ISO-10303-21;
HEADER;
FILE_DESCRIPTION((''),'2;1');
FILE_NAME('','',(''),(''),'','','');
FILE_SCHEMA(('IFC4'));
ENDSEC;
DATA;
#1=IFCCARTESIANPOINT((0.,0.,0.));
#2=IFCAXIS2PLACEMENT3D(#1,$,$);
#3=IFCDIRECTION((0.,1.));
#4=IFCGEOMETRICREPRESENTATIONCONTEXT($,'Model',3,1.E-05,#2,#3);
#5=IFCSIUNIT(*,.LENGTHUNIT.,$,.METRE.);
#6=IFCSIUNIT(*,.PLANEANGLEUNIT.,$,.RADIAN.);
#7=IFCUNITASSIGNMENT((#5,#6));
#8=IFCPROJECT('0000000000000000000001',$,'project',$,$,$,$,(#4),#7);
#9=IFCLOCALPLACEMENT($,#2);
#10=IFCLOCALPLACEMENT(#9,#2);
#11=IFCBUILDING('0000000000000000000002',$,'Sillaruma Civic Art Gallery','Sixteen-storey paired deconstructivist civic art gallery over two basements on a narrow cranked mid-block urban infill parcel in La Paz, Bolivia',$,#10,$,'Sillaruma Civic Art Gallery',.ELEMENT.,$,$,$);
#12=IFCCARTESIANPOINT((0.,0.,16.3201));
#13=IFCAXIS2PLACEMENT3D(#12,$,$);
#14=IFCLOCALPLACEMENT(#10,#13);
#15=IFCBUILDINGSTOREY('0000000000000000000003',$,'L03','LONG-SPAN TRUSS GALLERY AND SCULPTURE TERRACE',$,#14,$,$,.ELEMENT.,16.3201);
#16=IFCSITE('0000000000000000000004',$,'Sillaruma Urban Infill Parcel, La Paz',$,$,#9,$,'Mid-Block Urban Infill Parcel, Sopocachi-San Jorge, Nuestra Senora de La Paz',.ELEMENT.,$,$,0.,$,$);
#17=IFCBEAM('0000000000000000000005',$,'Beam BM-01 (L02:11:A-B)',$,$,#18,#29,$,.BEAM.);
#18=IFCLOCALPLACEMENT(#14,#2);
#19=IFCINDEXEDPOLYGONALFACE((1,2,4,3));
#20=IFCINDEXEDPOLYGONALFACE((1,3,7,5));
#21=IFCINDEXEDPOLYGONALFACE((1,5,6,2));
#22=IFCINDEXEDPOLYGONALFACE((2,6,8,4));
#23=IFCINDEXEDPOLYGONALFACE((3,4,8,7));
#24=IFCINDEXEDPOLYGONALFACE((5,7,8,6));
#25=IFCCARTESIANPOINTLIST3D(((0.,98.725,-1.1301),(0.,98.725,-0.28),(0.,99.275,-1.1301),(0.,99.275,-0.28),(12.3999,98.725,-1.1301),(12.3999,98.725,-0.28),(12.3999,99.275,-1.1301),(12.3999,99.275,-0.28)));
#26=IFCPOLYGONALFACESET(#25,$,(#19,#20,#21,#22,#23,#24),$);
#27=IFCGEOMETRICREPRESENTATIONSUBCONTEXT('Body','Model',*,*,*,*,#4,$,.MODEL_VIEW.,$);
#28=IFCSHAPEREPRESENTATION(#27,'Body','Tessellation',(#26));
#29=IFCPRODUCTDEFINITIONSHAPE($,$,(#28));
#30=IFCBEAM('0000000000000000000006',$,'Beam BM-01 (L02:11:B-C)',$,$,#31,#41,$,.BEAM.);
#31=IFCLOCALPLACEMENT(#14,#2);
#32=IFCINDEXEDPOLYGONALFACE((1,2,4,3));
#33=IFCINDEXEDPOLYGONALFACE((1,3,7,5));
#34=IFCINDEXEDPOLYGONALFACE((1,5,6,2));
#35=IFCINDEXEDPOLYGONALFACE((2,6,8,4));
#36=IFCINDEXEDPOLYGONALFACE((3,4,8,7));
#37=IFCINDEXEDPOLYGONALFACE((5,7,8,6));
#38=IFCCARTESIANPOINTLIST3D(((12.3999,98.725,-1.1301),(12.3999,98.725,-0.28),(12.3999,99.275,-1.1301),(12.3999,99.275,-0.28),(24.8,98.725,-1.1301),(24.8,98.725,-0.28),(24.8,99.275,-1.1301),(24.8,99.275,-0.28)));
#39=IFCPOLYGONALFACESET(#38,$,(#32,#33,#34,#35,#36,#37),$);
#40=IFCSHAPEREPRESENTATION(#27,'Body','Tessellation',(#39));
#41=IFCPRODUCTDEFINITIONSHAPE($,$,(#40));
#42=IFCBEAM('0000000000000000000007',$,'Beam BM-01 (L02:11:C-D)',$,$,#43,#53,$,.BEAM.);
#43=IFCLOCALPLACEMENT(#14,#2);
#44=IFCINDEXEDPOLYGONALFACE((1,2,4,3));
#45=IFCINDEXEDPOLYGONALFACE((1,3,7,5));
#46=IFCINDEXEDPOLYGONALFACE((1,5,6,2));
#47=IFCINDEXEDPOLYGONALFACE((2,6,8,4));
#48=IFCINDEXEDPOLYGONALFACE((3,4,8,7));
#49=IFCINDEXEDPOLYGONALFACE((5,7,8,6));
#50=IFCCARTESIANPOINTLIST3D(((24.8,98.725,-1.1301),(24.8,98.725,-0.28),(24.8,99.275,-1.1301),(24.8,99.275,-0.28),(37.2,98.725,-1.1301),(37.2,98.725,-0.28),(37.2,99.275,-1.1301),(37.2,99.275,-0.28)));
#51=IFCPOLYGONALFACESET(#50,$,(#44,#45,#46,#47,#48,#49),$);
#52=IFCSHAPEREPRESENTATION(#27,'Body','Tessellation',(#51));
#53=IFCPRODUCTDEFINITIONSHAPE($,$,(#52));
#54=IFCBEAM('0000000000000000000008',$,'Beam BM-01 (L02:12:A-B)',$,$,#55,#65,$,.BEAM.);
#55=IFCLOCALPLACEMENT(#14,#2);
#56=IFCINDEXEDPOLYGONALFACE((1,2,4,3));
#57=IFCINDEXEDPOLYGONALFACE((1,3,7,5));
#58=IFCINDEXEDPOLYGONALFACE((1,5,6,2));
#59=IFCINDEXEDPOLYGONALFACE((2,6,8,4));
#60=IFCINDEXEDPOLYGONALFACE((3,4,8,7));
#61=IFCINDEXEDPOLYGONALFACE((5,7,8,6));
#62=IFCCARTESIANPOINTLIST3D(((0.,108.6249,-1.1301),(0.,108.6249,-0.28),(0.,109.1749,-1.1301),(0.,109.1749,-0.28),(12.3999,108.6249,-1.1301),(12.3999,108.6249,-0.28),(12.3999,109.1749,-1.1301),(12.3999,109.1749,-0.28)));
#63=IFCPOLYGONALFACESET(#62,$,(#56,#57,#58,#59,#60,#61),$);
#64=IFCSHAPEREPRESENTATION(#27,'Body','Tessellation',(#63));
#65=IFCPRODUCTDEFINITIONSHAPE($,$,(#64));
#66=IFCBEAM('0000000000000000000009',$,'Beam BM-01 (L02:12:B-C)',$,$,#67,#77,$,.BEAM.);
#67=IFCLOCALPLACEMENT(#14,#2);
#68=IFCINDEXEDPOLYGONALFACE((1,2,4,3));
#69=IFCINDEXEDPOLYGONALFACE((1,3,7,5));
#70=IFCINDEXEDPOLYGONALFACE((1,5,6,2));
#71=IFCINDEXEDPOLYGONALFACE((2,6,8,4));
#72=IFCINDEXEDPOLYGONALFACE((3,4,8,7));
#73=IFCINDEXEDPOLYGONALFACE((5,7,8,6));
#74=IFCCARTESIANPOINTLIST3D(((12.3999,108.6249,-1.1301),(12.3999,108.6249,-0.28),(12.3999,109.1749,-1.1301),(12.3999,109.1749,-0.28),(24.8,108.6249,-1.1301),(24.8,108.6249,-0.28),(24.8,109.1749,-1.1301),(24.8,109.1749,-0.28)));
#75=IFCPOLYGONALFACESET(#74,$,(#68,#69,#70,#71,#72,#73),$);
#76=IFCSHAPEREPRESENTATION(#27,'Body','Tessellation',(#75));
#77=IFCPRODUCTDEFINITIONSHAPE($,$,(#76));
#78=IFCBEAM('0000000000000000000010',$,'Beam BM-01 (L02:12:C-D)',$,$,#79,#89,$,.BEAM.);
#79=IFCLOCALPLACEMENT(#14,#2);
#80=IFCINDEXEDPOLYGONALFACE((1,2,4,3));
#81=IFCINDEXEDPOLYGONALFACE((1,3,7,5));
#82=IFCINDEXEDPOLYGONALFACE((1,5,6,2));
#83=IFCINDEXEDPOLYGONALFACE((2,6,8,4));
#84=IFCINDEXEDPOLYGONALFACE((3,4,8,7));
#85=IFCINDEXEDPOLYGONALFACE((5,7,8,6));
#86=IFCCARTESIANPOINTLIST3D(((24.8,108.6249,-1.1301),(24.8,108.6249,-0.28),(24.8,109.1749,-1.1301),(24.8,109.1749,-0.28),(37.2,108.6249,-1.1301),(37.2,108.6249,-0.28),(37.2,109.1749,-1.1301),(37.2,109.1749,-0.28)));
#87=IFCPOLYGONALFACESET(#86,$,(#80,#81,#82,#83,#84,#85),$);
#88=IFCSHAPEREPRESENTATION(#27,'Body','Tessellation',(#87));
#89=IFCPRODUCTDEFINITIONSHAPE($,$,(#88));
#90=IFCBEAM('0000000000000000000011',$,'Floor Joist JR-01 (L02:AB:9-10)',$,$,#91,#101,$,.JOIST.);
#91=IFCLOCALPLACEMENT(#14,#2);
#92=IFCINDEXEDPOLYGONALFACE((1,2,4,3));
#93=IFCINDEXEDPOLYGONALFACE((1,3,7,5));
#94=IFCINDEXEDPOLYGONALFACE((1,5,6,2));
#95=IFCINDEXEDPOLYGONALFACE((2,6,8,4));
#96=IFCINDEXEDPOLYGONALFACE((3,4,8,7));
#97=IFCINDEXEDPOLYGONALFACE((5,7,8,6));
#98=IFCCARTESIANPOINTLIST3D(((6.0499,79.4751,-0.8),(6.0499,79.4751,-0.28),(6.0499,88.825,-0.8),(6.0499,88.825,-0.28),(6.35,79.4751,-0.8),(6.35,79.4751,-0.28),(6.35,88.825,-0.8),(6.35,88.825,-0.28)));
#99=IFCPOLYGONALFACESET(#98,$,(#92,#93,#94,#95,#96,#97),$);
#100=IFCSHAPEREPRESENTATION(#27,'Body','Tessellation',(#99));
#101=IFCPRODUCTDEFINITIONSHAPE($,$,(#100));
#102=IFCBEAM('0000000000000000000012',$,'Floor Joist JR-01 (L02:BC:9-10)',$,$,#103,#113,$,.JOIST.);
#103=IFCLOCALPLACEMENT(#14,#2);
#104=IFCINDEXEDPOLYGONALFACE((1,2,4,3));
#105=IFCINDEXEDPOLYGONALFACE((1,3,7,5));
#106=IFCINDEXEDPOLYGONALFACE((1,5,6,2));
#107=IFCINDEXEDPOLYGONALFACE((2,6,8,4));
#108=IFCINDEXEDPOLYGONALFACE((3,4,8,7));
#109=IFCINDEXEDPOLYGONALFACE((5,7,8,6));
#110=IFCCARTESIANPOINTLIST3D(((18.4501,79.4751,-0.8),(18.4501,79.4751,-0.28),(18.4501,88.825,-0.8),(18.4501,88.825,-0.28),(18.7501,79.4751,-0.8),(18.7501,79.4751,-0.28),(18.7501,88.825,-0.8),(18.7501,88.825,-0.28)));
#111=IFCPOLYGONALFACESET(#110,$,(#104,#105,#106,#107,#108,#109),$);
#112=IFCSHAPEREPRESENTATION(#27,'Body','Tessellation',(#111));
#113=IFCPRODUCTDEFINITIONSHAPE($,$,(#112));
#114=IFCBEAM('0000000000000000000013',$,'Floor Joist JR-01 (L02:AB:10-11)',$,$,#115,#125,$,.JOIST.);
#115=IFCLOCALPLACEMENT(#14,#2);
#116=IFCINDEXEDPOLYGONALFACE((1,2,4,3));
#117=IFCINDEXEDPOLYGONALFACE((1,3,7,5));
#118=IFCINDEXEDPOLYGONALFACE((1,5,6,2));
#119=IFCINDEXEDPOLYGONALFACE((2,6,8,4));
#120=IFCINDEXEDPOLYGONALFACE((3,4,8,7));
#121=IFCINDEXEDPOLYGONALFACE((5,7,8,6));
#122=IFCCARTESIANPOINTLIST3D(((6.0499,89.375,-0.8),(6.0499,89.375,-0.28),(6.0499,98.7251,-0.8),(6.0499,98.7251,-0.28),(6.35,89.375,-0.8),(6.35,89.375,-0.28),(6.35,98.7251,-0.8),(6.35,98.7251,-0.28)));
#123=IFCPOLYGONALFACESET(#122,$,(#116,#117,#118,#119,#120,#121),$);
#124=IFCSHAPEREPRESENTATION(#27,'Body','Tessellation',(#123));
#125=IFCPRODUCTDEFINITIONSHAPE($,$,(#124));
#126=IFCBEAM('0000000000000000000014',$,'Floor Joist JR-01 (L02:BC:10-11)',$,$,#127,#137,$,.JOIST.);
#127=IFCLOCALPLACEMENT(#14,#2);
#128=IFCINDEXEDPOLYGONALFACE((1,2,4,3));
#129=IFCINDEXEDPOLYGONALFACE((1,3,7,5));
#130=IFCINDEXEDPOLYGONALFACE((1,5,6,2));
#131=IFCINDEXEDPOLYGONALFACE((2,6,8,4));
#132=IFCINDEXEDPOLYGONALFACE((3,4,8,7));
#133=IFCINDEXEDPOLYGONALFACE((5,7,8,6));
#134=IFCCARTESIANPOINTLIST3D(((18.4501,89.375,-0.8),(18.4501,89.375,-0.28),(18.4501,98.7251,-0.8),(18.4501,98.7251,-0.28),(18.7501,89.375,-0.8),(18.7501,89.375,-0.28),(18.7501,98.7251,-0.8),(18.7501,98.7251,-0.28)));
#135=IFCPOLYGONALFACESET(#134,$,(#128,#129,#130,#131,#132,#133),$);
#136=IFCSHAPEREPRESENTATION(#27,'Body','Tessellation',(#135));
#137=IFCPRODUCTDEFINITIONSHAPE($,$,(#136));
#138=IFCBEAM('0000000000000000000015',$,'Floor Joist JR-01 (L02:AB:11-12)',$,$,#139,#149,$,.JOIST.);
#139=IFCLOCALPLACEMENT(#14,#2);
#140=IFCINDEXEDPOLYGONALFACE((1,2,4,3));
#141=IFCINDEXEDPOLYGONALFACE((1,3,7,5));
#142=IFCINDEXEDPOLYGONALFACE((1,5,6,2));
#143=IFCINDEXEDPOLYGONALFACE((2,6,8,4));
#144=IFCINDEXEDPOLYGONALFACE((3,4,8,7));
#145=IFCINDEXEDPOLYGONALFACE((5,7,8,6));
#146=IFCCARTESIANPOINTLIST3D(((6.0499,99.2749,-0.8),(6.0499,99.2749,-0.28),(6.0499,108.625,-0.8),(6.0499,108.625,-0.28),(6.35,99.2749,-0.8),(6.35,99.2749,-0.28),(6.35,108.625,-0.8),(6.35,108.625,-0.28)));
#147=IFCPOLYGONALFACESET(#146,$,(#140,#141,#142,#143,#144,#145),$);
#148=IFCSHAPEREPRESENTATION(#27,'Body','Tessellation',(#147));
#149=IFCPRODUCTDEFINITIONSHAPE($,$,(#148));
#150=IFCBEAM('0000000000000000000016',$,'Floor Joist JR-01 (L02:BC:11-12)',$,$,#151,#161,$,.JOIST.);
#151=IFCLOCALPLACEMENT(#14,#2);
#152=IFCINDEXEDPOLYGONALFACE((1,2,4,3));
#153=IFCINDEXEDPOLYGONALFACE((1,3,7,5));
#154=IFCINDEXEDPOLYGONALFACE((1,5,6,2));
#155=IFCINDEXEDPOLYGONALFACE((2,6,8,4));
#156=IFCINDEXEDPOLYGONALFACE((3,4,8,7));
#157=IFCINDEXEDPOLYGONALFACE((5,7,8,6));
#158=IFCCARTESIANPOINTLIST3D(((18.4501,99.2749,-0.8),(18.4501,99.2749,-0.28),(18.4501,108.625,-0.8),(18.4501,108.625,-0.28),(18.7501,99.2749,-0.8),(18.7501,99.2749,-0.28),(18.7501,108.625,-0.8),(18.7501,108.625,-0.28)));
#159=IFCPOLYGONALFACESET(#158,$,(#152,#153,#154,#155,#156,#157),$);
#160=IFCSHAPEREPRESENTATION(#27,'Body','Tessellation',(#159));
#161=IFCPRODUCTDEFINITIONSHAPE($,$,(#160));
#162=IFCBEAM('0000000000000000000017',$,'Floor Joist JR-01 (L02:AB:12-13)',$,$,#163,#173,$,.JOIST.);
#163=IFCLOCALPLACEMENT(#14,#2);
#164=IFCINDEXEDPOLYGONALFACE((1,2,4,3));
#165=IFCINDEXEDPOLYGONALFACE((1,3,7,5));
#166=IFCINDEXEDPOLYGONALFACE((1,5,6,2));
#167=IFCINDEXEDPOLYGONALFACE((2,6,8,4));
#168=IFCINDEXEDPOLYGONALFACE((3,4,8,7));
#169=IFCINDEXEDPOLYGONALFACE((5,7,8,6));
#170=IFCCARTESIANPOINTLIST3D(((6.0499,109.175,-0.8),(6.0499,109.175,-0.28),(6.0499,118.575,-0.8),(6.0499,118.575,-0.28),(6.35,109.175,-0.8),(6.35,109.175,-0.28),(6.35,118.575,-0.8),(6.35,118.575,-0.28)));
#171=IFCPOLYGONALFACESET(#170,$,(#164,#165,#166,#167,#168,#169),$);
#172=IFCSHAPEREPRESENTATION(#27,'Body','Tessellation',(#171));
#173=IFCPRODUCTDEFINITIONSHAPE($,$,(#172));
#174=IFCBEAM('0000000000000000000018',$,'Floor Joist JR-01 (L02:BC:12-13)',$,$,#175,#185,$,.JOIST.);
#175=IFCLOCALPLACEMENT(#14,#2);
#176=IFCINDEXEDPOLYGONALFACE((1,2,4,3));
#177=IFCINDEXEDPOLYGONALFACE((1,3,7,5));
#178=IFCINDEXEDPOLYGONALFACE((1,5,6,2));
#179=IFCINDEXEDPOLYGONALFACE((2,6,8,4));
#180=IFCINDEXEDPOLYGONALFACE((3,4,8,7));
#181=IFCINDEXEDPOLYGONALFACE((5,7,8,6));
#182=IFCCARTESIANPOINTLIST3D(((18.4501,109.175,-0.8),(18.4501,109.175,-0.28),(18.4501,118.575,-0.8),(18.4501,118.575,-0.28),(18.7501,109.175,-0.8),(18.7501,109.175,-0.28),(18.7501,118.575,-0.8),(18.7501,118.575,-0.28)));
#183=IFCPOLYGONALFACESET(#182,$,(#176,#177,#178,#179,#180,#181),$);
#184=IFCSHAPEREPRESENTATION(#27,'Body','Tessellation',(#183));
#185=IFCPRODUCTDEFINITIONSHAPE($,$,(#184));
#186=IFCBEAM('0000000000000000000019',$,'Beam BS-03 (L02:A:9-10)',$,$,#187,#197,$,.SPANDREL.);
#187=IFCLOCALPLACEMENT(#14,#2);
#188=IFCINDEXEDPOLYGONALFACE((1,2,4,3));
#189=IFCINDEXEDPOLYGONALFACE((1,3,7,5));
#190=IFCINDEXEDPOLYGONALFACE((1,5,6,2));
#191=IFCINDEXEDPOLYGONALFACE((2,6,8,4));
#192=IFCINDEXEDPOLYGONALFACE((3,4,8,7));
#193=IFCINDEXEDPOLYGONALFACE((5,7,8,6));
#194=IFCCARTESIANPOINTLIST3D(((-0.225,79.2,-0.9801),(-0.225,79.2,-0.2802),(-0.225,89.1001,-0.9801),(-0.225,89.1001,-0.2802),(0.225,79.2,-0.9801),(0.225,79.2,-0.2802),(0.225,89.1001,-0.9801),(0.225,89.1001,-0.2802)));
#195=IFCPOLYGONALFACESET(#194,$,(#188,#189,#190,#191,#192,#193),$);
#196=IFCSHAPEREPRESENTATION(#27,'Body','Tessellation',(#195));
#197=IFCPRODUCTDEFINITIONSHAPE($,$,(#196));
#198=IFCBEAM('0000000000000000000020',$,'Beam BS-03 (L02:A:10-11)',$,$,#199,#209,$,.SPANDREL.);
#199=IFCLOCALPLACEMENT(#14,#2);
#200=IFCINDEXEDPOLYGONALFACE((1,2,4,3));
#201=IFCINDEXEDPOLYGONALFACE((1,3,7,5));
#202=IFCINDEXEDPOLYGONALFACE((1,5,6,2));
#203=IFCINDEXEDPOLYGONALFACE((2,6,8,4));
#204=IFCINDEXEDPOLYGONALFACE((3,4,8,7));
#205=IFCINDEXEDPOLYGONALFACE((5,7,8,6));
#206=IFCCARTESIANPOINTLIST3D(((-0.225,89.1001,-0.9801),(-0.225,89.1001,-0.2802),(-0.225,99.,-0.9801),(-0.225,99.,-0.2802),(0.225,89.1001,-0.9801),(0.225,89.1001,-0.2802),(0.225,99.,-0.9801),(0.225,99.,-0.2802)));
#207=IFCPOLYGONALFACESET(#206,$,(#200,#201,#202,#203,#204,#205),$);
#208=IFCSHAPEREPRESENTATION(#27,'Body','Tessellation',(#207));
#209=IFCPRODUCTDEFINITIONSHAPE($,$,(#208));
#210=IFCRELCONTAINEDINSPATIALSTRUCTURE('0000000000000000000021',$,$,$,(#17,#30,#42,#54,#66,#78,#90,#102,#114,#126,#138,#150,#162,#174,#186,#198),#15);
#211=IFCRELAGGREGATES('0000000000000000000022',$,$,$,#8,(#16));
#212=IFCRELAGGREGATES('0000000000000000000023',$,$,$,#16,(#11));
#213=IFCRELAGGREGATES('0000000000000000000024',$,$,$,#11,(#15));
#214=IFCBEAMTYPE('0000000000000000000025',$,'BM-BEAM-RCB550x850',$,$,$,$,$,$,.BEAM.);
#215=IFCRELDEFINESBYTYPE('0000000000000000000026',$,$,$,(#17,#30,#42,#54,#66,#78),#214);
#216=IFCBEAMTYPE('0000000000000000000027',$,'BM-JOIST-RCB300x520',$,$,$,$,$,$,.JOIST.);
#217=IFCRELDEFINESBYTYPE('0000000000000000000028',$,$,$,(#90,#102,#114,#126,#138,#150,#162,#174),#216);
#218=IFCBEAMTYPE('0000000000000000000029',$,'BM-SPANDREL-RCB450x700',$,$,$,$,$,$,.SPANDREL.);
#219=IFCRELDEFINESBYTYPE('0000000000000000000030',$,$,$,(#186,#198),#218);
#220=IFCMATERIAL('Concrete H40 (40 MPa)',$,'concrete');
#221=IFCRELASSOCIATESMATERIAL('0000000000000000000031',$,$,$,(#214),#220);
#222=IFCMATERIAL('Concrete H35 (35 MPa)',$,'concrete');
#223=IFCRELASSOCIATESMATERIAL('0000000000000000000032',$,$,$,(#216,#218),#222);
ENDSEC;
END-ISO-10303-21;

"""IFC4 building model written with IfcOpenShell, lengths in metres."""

from ifc_helpers import new_model, si_unit, direction, frame, origin, origin_2d, place, context, subcontext, project, spatial, rectangle, extrude, material, material_profile, profile_set, type_object, element, save


model = new_model("IFC4")

# Units and contexts
model_context = context("Model", 3, precision=1e-05, world=origin(), true_north=direction((0.0, 1.0)))
body_context = subcontext(model_context, "Body", "Model", "MODEL_VIEW")
ifc_project = project(units=[si_unit("LENGTHUNIT", "METRE"), si_unit("PLANEANGLEUNIT", "RADIAN")], contexts=[model_context])

# Site, building, storey
site_placement = place(None, origin())
site = spatial("IfcSite", under=ifc_project, at=site_placement, Name="Sillaruma Urban Infill Parcel, La Paz", LongName="Mid-Block Urban Infill Parcel, Sopocachi-San Jorge, Nuestra Senora de La Paz", CompositionType="ELEMENT", RefElevation=0.0)
building_placement = place(site_placement, origin())
building = spatial("IfcBuilding", under=site, at=building_placement, Name="Sillaruma Civic Art Gallery", Description="Sixteen-storey paired deconstructivist civic art gallery over two basements on a narrow cranked mid-block urban infill parcel in La Paz, Bolivia", LongName="Sillaruma Civic Art Gallery", CompositionType="ELEMENT")
storey_placement = place(building_placement, frame((0.0, 0.0, 16.3201)))
storey = spatial("IfcBuildingStorey", under=building, at=storey_placement, Name="L03", Description="LONG-SPAN TRUSS GALLERY AND SCULPTURE TERRACE", CompositionType="ELEMENT", Elevation=16.3201)

# Shared definitions
ifc_material_1 = material(Name="Concrete H40 (40 MPa)", Category="concrete")

# Beams
ifc_material_profile_1 = material_profile(ifc_material_1, rectangle(XDim=0.55, YDim=0.8501, at=origin_2d()), Name="RCB550x850")
ifc_profile_set_1 = profile_set([ifc_material_profile_1], Name="Concrete H40 (40 MPa)")
beam_type_1 = type_object("IfcBeamType", Name="BM-BEAM-RCB550x850", PredefinedType="BEAM", material=ifc_profile_set_1)
for number, where, z_axis, x_axis, name in (
    (1, (0.0, 99.0, -0.7051), (1.0, 0.0, 0.0), (0.0, 1.0, 0.0), "Beam BM-01 (L02:11:A-B)"),
):
    element("IfcBeam", number, at=place(storey_placement, frame(where, z_axis=z_axis, x_axis=x_axis)), inside=storey, type_object=beam_type_1, Name=name, PredefinedType="BEAM", context=body_context, shape_type="SweptSolid", body=[
        extrude(rectangle(XDim=0.55, YDim=0.8501, at=origin_2d()), origin(), (0.0, 0.0, 1.0), 12.3999),
    ])
beam_1_placement = place(storey_placement, frame((12.3999, 99.0, -0.7051), z_axis=(1.0, 0.0, 0.0), x_axis=(0.0, 1.0, 0.0)))
element("IfcBeam", 2, at=beam_1_placement, inside=storey, type_object=beam_type_1, Name="Beam BM-01 (L02:11:B-C)", PredefinedType="BEAM", context=body_context, shape_type="SweptSolid", body=[
    extrude(rectangle(XDim=0.55, YDim=0.8501, at=origin_2d()), origin(), (0.0, 0.0, 1.0), 12.4001),
])
for number, where, z_axis, x_axis, name in (
    (3, (24.8, 99.0, -0.7051), (1.0, 0.0, 0.0), (0.0, 1.0, 0.0), "Beam BM-01 (L02:11:C-D)"),
    (4, (0.0, 108.8999, -0.7051), (1.0, 0.0, 0.0), (0.0, 1.0, 0.0), "Beam BM-01 (L02:12:A-B)"),
):
    element("IfcBeam", number, at=place(storey_placement, frame(where, z_axis=z_axis, x_axis=x_axis)), inside=storey, type_object=beam_type_1, Name=name, PredefinedType="BEAM", context=body_context, shape_type="SweptSolid", body=[
        extrude(rectangle(XDim=0.55, YDim=0.8501, at=origin_2d()), origin(), (0.0, 0.0, 1.0), 12.3999),
    ])
beam_2_placement = place(storey_placement, frame((12.3999, 108.8999, -0.7051), z_axis=(1.0, 0.0, 0.0), x_axis=(0.0, 1.0, 0.0)))
element("IfcBeam", 5, at=beam_2_placement, inside=storey, type_object=beam_type_1, Name="Beam BM-01 (L02:12:B-C)", PredefinedType="BEAM", context=body_context, shape_type="SweptSolid", body=[
    extrude(rectangle(XDim=0.55, YDim=0.8501, at=origin_2d()), origin(), (0.0, 0.0, 1.0), 12.4001),
])
beam_3_placement = place(storey_placement, frame((24.8, 108.8999, -0.7051), z_axis=(1.0, 0.0, 0.0), x_axis=(0.0, 1.0, 0.0)))
element("IfcBeam", 6, at=beam_3_placement, inside=storey, type_object=beam_type_1, Name="Beam BM-01 (L02:12:C-D)", PredefinedType="BEAM", context=body_context, shape_type="SweptSolid", body=[
    extrude(rectangle(XDim=0.55, YDim=0.8501, at=origin_2d()), origin(), (0.0, 0.0, 1.0), 12.3999),
])
ifc_material_2 = material(Name="Concrete H35 (35 MPa)", Category="concrete")
ifc_material_profile_2 = material_profile(ifc_material_2, rectangle(XDim=0.3, YDim=0.52, at=origin_2d()), Name="RCB300x520")
ifc_profile_set_2 = profile_set([ifc_material_profile_2], Name="Concrete H35 (35 MPa)")
beam_type_2 = type_object("IfcBeamType", Name="BM-JOIST-RCB300x520", PredefinedType="JOIST", material=ifc_profile_set_2)
for number, where, z_axis, x_axis, name in (
    (7, (6.2, 79.4751, -0.54), (0.0, 1.0, 0.0), (-1.0, 0.0, 0.0), "Floor Joist JR-01 (L02:AB:9-10)"),
    (8, (18.6001, 79.4751, -0.54), (0.0, 1.0, 0.0), (-1.0, 0.0, 0.0), "Floor Joist JR-01 (L02:BC:9-10)"),
):
    element("IfcBeam", number, at=place(storey_placement, frame(where, z_axis=z_axis, x_axis=x_axis)), inside=storey, type_object=beam_type_2, Name=name, PredefinedType="JOIST", context=body_context, shape_type="SweptSolid", body=[
        extrude(rectangle(XDim=0.3, YDim=0.52, at=origin_2d()), origin(), (0.0, 0.0, 1.0), 9.3499),
    ])
for number, where, z_axis, x_axis, name in (
    (9, (6.2, 89.375, -0.54), (0.0, 1.0, 0.0), (-1.0, 0.0, 0.0), "Floor Joist JR-01 (L02:AB:10-11)"),
    (10, (18.6001, 89.375, -0.54), (0.0, 1.0, 0.0), (-1.0, 0.0, 0.0), "Floor Joist JR-01 (L02:BC:10-11)"),
    (11, (6.2, 99.2749, -0.54), (0.0, 1.0, 0.0), (-1.0, 0.0, 0.0), "Floor Joist JR-01 (L02:AB:11-12)"),
    (12, (18.6001, 99.2749, -0.54), (0.0, 1.0, 0.0), (-1.0, 0.0, 0.0), "Floor Joist JR-01 (L02:BC:11-12)"),
):
    element("IfcBeam", number, at=place(storey_placement, frame(where, z_axis=z_axis, x_axis=x_axis)), inside=storey, type_object=beam_type_2, Name=name, PredefinedType="JOIST", context=body_context, shape_type="SweptSolid", body=[
        extrude(rectangle(XDim=0.3, YDim=0.52, at=origin_2d()), origin(), (0.0, 0.0, 1.0), 9.3501),
    ])
for number, where, z_axis, x_axis, name in (
    (13, (6.2, 109.175, -0.54), (0.0, 1.0, 0.0), (-1.0, 0.0, 0.0), "Floor Joist JR-01 (L02:AB:12-13)"),
    (14, (18.6001, 109.175, -0.54), (0.0, 1.0, 0.0), (-1.0, 0.0, 0.0), "Floor Joist JR-01 (L02:BC:12-13)"),
):
    element("IfcBeam", number, at=place(storey_placement, frame(where, z_axis=z_axis, x_axis=x_axis)), inside=storey, type_object=beam_type_2, Name=name, PredefinedType="JOIST", context=body_context, shape_type="SweptSolid", body=[
        extrude(rectangle(XDim=0.3, YDim=0.52, at=origin_2d()), origin(), (0.0, 0.0, 1.0), 9.3999),
    ])
ifc_material_profile_3 = material_profile(ifc_material_2, rectangle(XDim=0.45, YDim=0.7, at=origin_2d()), Name="RCB450x700")
ifc_profile_set_3 = profile_set([ifc_material_profile_3], Name="Concrete H35 (35 MPa)")
beam_type_3 = type_object("IfcBeamType", Name="BM-SPANDREL-RCB450x700", PredefinedType="SPANDREL", material=ifc_profile_set_3)
beam_4_placement = place(storey_placement, frame((0.0, 79.2, -0.6301), z_axis=(0.0, 1.0, 0.0), x_axis=(-1.0, 0.0, 0.0)))
element("IfcBeam", 15, at=beam_4_placement, inside=storey, type_object=beam_type_3, Name="Beam BS-03 (L02:A:9-10)", PredefinedType="SPANDREL", context=body_context, shape_type="SweptSolid", body=[
    extrude(rectangle(XDim=0.45, YDim=0.7, at=origin_2d()), origin(), (0.0, 0.0, 1.0), 9.9001),
])
for number, where, z_axis, x_axis, name in (
    (16, (0.0, 89.1001, -0.6301), (0.0, 1.0, 0.0), (-1.0, 0.0, 0.0), "Beam BS-03 (L02:A:10-11)"),
):
    element("IfcBeam", number, at=place(storey_placement, frame(where, z_axis=z_axis, x_axis=x_axis)), inside=storey, type_object=beam_type_3, Name=name, PredefinedType="SPANDREL", context=body_context, shape_type="SweptSolid", body=[
        extrude(rectangle(XDim=0.45, YDim=0.7, at=origin_2d()), origin(), (0.0, 0.0, 1.0), 9.8999),
    ])

save(model, "model.ifc")
